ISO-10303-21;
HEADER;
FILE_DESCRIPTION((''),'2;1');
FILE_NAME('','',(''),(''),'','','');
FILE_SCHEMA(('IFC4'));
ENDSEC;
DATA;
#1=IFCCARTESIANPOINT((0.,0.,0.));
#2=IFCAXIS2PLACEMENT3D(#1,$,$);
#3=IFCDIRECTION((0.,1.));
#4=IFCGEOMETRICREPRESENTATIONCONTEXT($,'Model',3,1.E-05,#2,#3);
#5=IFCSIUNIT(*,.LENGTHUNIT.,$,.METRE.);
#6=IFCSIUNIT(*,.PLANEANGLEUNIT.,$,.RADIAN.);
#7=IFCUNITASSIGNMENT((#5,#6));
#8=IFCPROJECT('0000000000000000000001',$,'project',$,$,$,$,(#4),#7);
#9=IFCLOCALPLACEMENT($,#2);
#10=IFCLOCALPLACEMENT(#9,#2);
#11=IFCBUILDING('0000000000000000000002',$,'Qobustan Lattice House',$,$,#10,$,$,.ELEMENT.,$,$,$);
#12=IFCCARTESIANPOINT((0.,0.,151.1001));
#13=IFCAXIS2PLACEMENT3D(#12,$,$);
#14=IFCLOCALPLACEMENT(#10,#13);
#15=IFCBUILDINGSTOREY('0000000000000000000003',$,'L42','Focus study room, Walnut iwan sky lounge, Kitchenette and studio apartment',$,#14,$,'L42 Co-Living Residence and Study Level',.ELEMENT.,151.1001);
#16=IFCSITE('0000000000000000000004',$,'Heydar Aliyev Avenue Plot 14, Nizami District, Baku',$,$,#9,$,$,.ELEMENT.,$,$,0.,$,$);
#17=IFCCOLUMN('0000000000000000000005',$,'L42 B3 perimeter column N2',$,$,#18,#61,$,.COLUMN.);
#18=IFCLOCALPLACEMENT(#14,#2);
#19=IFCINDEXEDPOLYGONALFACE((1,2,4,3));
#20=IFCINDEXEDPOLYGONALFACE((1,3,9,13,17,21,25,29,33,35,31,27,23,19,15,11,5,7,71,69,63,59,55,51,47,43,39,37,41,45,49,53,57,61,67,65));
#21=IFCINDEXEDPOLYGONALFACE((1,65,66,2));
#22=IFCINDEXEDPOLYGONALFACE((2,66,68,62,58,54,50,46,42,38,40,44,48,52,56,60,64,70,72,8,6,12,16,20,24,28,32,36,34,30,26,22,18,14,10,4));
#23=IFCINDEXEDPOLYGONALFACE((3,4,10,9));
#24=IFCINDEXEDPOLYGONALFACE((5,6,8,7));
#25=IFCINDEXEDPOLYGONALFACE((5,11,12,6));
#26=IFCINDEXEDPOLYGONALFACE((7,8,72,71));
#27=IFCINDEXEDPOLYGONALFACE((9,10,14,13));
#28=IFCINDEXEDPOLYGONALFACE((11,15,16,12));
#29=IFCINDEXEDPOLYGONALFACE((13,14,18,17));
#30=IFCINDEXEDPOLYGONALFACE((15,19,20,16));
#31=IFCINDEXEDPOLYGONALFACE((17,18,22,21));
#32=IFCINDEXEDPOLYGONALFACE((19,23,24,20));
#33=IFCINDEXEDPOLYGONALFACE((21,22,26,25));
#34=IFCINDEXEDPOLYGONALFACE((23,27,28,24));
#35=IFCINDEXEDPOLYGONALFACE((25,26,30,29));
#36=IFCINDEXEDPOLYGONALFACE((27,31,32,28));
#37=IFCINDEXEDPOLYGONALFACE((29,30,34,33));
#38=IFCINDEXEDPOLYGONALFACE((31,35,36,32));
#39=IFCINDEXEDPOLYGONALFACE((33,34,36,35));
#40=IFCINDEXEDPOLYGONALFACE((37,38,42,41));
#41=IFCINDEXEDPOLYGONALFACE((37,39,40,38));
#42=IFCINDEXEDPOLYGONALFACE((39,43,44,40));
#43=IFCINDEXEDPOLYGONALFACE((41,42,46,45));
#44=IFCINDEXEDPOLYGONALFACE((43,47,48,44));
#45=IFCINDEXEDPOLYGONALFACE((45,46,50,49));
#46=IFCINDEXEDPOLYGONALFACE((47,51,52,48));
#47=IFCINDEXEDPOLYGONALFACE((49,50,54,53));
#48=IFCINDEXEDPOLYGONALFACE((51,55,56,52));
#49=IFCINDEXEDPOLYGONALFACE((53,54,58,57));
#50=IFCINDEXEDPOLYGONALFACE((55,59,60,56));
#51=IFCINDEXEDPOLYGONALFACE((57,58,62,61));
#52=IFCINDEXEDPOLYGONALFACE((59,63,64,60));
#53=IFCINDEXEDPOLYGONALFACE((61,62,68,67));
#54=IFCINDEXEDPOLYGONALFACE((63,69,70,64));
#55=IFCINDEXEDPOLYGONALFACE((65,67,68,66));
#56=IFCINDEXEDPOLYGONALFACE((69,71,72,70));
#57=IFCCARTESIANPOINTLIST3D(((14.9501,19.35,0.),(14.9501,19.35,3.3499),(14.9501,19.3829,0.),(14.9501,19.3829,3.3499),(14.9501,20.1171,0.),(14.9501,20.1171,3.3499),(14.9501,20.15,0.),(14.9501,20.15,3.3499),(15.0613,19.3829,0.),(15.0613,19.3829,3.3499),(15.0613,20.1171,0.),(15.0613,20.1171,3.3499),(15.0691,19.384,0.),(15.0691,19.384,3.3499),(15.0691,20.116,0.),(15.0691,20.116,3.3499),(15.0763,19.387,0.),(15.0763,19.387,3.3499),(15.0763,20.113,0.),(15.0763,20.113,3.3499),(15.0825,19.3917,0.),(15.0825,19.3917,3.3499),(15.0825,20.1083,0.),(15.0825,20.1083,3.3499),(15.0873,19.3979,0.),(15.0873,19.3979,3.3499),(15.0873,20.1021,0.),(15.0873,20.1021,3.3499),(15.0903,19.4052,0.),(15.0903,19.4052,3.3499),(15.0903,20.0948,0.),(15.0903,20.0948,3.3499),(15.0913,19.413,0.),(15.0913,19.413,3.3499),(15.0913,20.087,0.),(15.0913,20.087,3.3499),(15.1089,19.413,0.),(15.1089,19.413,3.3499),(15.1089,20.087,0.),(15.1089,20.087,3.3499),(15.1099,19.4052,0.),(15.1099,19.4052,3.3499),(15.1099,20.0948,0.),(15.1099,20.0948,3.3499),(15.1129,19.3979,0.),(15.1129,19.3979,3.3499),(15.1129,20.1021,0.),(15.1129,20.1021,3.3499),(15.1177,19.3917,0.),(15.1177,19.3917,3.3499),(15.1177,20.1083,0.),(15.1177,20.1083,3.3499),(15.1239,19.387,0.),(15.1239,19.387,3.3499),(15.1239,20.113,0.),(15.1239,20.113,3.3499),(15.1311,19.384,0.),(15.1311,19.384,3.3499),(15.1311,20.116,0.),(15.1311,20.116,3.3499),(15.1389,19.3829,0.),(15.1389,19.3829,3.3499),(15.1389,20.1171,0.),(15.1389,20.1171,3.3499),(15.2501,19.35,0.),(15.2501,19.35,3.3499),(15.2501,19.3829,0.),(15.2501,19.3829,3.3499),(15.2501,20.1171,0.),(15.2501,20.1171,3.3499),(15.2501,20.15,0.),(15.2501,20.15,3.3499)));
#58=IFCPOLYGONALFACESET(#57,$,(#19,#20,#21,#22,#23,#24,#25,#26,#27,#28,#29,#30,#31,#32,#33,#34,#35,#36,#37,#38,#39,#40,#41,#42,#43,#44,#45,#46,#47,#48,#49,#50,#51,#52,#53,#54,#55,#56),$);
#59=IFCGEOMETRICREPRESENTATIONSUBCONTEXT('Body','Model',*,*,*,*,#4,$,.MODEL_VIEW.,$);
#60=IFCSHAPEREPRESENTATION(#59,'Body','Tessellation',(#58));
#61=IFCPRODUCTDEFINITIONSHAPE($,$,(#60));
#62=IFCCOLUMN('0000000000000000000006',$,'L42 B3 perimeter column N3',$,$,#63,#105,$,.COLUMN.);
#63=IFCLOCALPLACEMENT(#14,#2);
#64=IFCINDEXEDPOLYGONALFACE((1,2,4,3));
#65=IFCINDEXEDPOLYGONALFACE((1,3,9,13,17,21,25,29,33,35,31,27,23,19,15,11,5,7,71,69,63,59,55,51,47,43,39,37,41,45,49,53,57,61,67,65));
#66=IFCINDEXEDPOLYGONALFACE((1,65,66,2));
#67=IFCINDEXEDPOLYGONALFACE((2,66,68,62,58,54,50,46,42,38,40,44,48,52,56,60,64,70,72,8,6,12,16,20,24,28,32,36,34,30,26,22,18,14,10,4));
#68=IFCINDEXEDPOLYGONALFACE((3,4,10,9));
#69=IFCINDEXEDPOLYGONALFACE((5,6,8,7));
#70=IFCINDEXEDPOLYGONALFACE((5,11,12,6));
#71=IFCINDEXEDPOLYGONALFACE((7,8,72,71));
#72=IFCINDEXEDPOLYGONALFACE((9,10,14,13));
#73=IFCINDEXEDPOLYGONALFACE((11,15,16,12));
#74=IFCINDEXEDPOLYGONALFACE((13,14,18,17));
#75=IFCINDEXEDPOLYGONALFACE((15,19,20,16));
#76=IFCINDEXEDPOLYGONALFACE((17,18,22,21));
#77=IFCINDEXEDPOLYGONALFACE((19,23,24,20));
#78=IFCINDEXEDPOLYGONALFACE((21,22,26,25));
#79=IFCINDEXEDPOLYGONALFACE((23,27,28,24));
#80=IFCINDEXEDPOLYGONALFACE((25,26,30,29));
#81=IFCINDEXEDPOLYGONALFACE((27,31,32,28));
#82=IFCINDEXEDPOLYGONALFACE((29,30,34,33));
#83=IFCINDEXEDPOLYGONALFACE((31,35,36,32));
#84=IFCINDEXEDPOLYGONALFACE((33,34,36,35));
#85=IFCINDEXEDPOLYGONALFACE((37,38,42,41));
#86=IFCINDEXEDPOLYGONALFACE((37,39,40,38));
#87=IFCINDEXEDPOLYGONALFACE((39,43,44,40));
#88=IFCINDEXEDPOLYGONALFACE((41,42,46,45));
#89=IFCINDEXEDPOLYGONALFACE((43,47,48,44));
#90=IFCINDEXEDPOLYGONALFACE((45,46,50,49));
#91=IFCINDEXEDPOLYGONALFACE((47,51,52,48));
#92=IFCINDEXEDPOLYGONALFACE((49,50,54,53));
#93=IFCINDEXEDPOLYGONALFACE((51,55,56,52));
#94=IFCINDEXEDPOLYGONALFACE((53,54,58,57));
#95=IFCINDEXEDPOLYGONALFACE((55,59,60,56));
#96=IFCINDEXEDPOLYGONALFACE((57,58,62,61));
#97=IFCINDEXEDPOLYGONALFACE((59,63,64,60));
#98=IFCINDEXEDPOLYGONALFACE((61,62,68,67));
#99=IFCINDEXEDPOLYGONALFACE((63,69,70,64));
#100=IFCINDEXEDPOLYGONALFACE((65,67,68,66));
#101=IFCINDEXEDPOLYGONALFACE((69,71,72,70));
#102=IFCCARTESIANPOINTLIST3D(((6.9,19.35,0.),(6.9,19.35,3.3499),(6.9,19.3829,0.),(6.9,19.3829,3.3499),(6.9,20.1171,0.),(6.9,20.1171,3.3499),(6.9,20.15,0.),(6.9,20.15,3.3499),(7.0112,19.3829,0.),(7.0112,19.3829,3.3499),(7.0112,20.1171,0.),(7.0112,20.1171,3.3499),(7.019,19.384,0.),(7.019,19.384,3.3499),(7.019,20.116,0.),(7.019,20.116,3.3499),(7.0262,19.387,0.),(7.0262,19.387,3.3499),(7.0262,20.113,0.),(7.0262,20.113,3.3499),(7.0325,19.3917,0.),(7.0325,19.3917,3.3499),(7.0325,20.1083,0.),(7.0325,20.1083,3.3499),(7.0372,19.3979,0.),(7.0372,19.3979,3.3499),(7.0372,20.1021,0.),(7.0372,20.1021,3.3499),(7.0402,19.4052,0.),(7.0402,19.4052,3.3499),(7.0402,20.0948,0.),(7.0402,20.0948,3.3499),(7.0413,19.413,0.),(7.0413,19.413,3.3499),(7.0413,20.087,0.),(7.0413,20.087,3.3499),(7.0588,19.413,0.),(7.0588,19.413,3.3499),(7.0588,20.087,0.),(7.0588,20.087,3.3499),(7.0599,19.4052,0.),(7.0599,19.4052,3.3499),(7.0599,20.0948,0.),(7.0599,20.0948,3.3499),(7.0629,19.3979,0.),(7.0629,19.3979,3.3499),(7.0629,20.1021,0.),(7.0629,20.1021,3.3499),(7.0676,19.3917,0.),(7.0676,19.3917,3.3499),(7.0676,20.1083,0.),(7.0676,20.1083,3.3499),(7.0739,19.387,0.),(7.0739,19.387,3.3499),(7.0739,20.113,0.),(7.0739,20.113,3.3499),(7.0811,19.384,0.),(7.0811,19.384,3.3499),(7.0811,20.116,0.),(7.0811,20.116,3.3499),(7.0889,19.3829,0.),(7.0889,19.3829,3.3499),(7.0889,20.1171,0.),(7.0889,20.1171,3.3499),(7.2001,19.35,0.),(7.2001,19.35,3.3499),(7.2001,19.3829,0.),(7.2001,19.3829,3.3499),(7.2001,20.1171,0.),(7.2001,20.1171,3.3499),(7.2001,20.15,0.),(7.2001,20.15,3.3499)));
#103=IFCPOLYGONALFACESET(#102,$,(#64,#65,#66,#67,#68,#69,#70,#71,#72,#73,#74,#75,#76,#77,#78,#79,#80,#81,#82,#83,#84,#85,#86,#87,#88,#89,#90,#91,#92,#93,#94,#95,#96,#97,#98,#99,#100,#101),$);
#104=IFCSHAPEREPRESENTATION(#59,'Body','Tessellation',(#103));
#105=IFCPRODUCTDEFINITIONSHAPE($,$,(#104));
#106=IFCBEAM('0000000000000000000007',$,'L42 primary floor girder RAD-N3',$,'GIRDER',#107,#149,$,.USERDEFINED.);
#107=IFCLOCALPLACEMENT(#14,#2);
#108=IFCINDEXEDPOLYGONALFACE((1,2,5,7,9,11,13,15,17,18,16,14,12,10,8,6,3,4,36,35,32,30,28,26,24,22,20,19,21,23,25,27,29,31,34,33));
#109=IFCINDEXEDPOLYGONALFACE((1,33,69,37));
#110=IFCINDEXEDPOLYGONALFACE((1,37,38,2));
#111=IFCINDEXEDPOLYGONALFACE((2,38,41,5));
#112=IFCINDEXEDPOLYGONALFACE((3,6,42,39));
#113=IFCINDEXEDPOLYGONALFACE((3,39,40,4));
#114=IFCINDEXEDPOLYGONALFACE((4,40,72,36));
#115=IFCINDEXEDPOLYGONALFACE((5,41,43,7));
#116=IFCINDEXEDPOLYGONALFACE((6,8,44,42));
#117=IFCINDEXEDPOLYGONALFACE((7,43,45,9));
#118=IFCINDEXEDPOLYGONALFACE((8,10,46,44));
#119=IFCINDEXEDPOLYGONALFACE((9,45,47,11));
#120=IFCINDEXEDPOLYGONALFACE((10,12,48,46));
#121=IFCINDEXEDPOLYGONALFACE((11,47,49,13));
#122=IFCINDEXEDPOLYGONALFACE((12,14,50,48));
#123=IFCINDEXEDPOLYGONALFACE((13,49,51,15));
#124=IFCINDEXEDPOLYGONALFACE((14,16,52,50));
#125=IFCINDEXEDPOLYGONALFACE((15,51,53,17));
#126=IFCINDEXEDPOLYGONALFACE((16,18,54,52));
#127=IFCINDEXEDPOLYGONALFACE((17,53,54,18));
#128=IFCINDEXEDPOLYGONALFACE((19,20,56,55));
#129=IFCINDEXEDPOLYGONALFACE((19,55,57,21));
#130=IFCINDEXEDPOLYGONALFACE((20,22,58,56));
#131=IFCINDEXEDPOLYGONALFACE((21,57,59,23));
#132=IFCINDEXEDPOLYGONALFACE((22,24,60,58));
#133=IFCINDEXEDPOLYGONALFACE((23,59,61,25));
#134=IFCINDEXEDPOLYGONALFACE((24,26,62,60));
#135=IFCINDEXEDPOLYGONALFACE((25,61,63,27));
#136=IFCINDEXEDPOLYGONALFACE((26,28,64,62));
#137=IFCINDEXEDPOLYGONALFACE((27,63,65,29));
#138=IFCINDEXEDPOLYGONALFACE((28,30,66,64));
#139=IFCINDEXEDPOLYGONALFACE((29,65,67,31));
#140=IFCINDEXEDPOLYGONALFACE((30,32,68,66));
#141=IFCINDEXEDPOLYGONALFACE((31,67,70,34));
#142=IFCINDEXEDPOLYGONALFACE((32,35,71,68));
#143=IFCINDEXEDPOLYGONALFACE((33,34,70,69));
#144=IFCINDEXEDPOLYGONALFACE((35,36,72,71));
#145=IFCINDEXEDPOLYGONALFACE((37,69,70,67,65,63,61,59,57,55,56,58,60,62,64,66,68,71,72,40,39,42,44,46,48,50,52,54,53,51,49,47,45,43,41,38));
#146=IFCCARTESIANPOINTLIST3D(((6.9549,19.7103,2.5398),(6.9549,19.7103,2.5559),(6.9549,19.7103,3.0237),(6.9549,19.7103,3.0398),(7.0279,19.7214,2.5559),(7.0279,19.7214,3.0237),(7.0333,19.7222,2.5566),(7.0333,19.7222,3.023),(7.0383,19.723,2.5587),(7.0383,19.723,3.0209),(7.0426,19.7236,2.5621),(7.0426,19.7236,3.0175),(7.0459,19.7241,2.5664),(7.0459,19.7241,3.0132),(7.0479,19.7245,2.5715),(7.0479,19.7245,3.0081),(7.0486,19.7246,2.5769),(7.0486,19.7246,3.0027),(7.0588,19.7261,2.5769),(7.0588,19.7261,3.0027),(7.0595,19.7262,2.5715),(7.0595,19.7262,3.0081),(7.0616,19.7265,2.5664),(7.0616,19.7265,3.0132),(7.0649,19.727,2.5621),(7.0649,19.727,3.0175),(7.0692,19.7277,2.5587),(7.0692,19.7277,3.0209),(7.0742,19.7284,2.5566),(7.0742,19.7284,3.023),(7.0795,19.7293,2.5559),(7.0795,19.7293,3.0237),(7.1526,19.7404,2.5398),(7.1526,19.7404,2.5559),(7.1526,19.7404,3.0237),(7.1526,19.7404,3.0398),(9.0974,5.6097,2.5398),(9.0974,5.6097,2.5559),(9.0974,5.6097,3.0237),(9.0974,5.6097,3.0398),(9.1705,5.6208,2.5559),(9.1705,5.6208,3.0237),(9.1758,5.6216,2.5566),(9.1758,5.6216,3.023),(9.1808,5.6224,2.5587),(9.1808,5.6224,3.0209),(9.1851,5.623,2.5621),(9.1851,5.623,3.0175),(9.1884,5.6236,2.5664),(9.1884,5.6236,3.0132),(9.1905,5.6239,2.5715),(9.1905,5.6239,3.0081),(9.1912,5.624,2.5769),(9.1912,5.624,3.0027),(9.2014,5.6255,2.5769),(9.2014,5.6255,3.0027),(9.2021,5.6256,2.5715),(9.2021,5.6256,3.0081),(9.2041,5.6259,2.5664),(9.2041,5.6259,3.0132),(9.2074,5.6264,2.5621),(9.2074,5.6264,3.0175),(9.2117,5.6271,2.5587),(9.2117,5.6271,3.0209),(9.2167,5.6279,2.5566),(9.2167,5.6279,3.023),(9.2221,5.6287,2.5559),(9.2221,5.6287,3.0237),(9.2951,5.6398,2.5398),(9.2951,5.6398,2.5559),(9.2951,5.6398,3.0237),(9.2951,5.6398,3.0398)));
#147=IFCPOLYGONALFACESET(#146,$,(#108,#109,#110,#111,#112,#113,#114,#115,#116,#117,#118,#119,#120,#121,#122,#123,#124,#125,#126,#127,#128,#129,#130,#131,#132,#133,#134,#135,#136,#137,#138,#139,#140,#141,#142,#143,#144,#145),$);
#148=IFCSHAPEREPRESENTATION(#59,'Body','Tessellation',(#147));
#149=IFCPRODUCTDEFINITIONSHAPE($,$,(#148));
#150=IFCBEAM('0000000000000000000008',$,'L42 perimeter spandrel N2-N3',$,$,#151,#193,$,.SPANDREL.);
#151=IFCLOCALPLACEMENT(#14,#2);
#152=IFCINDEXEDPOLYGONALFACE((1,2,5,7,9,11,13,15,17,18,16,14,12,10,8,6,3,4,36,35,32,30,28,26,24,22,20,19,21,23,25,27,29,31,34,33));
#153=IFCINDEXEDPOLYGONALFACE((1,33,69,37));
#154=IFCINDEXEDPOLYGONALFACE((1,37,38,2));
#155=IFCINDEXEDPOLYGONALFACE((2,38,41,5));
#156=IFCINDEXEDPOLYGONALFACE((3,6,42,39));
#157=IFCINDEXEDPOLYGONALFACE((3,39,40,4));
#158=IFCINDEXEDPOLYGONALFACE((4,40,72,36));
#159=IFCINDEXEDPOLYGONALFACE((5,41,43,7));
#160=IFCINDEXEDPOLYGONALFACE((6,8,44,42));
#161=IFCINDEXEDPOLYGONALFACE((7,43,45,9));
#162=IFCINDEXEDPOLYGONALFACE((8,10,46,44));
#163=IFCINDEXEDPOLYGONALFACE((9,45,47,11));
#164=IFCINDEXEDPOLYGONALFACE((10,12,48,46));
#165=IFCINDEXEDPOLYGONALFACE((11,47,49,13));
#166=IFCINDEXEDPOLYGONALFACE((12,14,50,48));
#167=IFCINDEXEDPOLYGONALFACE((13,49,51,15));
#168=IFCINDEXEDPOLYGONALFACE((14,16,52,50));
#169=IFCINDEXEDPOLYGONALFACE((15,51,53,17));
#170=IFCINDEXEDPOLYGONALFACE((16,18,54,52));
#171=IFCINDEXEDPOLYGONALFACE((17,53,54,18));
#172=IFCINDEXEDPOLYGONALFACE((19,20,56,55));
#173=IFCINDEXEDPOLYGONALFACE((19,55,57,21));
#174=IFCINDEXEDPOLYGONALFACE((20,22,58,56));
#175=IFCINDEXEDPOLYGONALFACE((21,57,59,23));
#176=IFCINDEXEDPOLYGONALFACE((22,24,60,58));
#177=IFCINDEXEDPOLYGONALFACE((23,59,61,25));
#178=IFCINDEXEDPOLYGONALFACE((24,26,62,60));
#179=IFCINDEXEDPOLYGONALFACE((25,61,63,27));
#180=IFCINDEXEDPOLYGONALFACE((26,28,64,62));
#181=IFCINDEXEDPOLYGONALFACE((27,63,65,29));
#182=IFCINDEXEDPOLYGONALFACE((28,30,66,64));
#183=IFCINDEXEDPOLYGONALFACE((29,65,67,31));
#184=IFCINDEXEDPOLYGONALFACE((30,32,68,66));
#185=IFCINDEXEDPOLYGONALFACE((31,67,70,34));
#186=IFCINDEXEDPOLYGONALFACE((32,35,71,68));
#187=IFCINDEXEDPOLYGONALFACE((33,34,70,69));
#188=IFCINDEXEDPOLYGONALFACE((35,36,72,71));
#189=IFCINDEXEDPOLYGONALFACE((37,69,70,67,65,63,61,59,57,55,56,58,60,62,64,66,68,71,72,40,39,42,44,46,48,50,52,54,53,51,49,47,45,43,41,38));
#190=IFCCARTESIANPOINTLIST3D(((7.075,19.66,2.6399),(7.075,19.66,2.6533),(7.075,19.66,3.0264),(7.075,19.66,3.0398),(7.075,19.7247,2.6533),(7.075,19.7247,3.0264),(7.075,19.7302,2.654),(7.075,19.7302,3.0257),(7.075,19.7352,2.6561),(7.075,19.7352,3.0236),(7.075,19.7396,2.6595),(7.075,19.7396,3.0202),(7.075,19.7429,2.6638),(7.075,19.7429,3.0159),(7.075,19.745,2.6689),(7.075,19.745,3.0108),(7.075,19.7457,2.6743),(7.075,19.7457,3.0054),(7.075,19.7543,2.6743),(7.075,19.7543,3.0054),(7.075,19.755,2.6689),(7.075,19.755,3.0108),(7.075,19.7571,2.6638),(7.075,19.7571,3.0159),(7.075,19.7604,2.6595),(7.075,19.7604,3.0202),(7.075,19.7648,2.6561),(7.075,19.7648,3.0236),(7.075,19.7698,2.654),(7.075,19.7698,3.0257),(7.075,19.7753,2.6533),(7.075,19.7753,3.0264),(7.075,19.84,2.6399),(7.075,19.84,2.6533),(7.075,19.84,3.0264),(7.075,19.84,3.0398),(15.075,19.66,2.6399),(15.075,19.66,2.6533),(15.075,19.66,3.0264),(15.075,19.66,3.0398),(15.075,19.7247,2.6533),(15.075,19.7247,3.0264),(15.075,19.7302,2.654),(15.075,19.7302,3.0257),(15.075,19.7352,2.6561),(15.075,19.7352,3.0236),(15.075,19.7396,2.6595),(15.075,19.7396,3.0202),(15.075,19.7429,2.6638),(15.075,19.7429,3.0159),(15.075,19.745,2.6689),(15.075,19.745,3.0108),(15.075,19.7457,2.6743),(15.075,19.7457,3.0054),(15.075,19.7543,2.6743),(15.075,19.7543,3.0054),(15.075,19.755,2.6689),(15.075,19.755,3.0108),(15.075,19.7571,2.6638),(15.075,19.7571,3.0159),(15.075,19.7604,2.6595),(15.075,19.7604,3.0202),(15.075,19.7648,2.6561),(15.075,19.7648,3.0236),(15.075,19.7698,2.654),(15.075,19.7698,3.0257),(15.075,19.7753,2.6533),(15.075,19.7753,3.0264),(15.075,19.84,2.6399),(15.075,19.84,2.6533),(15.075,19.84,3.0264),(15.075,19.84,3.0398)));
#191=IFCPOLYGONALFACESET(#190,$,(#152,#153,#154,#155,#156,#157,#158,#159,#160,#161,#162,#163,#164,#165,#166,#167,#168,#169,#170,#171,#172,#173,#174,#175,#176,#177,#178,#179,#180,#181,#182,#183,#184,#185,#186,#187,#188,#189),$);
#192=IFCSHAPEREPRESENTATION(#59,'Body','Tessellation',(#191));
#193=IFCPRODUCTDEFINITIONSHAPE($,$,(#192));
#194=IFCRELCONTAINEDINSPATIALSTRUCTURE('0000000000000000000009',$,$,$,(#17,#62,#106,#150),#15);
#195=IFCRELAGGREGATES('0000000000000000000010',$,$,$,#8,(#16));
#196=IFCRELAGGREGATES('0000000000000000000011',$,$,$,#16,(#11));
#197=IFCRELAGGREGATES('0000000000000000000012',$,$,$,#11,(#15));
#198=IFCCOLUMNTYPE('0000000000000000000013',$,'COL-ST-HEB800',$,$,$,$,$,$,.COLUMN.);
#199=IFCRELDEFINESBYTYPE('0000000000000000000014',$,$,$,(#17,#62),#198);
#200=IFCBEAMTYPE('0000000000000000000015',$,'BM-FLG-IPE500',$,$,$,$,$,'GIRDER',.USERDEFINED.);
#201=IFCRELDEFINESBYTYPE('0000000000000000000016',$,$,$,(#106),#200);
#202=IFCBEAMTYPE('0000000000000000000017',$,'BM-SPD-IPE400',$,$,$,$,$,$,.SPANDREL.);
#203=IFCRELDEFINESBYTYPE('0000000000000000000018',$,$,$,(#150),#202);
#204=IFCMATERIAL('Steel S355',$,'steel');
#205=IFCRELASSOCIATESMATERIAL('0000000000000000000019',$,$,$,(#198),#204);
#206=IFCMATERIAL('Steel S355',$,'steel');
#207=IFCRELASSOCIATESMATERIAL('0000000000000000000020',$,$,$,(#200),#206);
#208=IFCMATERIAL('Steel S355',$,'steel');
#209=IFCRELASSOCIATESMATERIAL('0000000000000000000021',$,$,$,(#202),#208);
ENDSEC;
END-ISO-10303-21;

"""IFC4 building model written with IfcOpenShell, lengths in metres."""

from ifc_helpers import new_model, si_unit, direction, frame, origin, origin_2d, place, context, subcontext, project, spatial, i_section, extrude, material, material_profile, profile_set, type_object, element, save


model = new_model("IFC4")

# Units and contexts
model_context = context("Model", 3, precision=1e-05, world=origin(), true_north=direction((0.0, 1.0)))
body_context = subcontext(model_context, "Body", "Model", "MODEL_VIEW")
ifc_project = project(units=[si_unit("LENGTHUNIT", "METRE"), si_unit("PLANEANGLEUNIT", "RADIAN")], contexts=[model_context])

# Site, building, storey
site_placement = place(None, origin())
site = spatial("IfcSite", under=ifc_project, at=site_placement, Name="Heydar Aliyev Avenue Plot 14, Nizami District, Baku", CompositionType="ELEMENT", RefElevation=0.0)
building_placement = place(site_placement, origin())
building = spatial("IfcBuilding", under=site, at=building_placement, Name="Qobustan Lattice House", CompositionType="ELEMENT")
storey_placement = place(building_placement, frame((0.0, 0.0, 151.1001)))
storey = spatial("IfcBuildingStorey", under=building, at=storey_placement, Name="L42", Description="Focus study room, Walnut iwan sky lounge, Kitchenette and studio apartment", LongName="L42 Co-Living Residence and Study Level", CompositionType="ELEMENT", Elevation=151.1001)

# Columns
ifc_material_1 = material(Name="Steel S355", Category="steel")
ifc_material_profile_1 = material_profile(ifc_material_1, i_section(OverallWidth=0.3, OverallDepth=0.8, WebThickness=0.0176, FlangeThickness=0.033, FilletRadius=0.03, at=origin_2d()), Name="HEB800")
ifc_profile_set_1 = profile_set([ifc_material_profile_1], Name="Steel S355")
column_type = type_object("IfcColumnType", Name="COL-ST-HEB800", PredefinedType="COLUMN", material=ifc_profile_set_1)
for number, where, z_axis, x_axis, name in (
    (1, (15.1001, 19.75, 0.0), (0.0, 0.0, 1.0), (1.0, 0.0, 0.0), "L42 B3 perimeter column N2"),
    (2, (7.05, 19.75, 0.0), (0.0, 0.0, 1.0), (1.0, 0.0, 0.0), "L42 B3 perimeter column N3"),
):
    element("IfcColumn", number, at=place(storey_placement, frame(where, z_axis=z_axis, x_axis=x_axis)), inside=storey, type_object=column_type, Name=name, PredefinedType="COLUMN", context=body_context, shape_type="SweptSolid", body=[
        extrude(i_section(OverallWidth=0.3, OverallDepth=0.8, WebThickness=0.0176, FlangeThickness=0.033, FilletRadius=0.03, at=origin_2d()), origin(), (0.0, 0.0, 1.0), 3.3499),
    ])

# Beams
ifc_material_2 = material(Name="Steel S355", Category="steel")
ifc_material_profile_2 = material_profile(ifc_material_2, i_section(OverallWidth=0.2, OverallDepth=0.5, WebThickness=0.0103, FlangeThickness=0.0161, FilletRadius=0.021, at=origin_2d()), Name="IPE500")
ifc_profile_set_2 = profile_set([ifc_material_profile_2], Name="Steel S355")
beam_type_1 = type_object("IfcBeamType", Name="BM-FLG-IPE500", ElementType="GIRDER", PredefinedType="USERDEFINED", material=ifc_profile_set_2)
beam_placement = place(storey_placement, frame((7.0537, 19.7253, 2.7898), z_axis=(0.150225, -0.988652, 0.0), x_axis=(0.988652, 0.150225, 0.0)))
element("IfcBeam", 3, at=beam_placement, inside=storey, type_object=beam_type_1, Name="L42 primary floor girder RAD-N3", ObjectType="GIRDER", PredefinedType="USERDEFINED", context=body_context, shape_type="SweptSolid", body=[
    extrude(i_section(OverallWidth=0.2, OverallDepth=0.5, WebThickness=0.0103, FlangeThickness=0.0161, FilletRadius=0.021, at=origin_2d()), origin(), (0.0, 0.0, 1.0), 14.2625),
])
ifc_material_3 = material(Name="Steel S355", Category="steel")
ifc_material_profile_3 = material_profile(ifc_material_3, i_section(OverallWidth=0.1799, OverallDepth=0.3999, WebThickness=0.0085, FlangeThickness=0.0134, FilletRadius=0.021, at=origin_2d()), Name="IPE400")
ifc_profile_set_3 = profile_set([ifc_material_profile_3], Name="Steel S355")
beam_type_2 = type_object("IfcBeamType", Name="BM-SPD-IPE400", PredefinedType="SPANDREL", material=ifc_profile_set_3)
for number, where, z_axis, x_axis, name in (
    (4, (15.075, 19.75, 2.8398), (-1.0, 0.0, 0.0), (0.0, -1.0, 0.0), "L42 perimeter spandrel N2-N3"),
):
    element("IfcBeam", number, at=place(storey_placement, frame(where, z_axis=z_axis, x_axis=x_axis)), inside=storey, type_object=beam_type_2, Name=name, PredefinedType="SPANDREL", context=body_context, shape_type="SweptSolid", body=[
        extrude(i_section(OverallWidth=0.1799, OverallDepth=0.3999, WebThickness=0.0085, FlangeThickness=0.0134, FilletRadius=0.021, at=origin_2d()), origin(), (0.0, 0.0, 1.0), 8.0),
    ])

save(model, "model.ifc")
